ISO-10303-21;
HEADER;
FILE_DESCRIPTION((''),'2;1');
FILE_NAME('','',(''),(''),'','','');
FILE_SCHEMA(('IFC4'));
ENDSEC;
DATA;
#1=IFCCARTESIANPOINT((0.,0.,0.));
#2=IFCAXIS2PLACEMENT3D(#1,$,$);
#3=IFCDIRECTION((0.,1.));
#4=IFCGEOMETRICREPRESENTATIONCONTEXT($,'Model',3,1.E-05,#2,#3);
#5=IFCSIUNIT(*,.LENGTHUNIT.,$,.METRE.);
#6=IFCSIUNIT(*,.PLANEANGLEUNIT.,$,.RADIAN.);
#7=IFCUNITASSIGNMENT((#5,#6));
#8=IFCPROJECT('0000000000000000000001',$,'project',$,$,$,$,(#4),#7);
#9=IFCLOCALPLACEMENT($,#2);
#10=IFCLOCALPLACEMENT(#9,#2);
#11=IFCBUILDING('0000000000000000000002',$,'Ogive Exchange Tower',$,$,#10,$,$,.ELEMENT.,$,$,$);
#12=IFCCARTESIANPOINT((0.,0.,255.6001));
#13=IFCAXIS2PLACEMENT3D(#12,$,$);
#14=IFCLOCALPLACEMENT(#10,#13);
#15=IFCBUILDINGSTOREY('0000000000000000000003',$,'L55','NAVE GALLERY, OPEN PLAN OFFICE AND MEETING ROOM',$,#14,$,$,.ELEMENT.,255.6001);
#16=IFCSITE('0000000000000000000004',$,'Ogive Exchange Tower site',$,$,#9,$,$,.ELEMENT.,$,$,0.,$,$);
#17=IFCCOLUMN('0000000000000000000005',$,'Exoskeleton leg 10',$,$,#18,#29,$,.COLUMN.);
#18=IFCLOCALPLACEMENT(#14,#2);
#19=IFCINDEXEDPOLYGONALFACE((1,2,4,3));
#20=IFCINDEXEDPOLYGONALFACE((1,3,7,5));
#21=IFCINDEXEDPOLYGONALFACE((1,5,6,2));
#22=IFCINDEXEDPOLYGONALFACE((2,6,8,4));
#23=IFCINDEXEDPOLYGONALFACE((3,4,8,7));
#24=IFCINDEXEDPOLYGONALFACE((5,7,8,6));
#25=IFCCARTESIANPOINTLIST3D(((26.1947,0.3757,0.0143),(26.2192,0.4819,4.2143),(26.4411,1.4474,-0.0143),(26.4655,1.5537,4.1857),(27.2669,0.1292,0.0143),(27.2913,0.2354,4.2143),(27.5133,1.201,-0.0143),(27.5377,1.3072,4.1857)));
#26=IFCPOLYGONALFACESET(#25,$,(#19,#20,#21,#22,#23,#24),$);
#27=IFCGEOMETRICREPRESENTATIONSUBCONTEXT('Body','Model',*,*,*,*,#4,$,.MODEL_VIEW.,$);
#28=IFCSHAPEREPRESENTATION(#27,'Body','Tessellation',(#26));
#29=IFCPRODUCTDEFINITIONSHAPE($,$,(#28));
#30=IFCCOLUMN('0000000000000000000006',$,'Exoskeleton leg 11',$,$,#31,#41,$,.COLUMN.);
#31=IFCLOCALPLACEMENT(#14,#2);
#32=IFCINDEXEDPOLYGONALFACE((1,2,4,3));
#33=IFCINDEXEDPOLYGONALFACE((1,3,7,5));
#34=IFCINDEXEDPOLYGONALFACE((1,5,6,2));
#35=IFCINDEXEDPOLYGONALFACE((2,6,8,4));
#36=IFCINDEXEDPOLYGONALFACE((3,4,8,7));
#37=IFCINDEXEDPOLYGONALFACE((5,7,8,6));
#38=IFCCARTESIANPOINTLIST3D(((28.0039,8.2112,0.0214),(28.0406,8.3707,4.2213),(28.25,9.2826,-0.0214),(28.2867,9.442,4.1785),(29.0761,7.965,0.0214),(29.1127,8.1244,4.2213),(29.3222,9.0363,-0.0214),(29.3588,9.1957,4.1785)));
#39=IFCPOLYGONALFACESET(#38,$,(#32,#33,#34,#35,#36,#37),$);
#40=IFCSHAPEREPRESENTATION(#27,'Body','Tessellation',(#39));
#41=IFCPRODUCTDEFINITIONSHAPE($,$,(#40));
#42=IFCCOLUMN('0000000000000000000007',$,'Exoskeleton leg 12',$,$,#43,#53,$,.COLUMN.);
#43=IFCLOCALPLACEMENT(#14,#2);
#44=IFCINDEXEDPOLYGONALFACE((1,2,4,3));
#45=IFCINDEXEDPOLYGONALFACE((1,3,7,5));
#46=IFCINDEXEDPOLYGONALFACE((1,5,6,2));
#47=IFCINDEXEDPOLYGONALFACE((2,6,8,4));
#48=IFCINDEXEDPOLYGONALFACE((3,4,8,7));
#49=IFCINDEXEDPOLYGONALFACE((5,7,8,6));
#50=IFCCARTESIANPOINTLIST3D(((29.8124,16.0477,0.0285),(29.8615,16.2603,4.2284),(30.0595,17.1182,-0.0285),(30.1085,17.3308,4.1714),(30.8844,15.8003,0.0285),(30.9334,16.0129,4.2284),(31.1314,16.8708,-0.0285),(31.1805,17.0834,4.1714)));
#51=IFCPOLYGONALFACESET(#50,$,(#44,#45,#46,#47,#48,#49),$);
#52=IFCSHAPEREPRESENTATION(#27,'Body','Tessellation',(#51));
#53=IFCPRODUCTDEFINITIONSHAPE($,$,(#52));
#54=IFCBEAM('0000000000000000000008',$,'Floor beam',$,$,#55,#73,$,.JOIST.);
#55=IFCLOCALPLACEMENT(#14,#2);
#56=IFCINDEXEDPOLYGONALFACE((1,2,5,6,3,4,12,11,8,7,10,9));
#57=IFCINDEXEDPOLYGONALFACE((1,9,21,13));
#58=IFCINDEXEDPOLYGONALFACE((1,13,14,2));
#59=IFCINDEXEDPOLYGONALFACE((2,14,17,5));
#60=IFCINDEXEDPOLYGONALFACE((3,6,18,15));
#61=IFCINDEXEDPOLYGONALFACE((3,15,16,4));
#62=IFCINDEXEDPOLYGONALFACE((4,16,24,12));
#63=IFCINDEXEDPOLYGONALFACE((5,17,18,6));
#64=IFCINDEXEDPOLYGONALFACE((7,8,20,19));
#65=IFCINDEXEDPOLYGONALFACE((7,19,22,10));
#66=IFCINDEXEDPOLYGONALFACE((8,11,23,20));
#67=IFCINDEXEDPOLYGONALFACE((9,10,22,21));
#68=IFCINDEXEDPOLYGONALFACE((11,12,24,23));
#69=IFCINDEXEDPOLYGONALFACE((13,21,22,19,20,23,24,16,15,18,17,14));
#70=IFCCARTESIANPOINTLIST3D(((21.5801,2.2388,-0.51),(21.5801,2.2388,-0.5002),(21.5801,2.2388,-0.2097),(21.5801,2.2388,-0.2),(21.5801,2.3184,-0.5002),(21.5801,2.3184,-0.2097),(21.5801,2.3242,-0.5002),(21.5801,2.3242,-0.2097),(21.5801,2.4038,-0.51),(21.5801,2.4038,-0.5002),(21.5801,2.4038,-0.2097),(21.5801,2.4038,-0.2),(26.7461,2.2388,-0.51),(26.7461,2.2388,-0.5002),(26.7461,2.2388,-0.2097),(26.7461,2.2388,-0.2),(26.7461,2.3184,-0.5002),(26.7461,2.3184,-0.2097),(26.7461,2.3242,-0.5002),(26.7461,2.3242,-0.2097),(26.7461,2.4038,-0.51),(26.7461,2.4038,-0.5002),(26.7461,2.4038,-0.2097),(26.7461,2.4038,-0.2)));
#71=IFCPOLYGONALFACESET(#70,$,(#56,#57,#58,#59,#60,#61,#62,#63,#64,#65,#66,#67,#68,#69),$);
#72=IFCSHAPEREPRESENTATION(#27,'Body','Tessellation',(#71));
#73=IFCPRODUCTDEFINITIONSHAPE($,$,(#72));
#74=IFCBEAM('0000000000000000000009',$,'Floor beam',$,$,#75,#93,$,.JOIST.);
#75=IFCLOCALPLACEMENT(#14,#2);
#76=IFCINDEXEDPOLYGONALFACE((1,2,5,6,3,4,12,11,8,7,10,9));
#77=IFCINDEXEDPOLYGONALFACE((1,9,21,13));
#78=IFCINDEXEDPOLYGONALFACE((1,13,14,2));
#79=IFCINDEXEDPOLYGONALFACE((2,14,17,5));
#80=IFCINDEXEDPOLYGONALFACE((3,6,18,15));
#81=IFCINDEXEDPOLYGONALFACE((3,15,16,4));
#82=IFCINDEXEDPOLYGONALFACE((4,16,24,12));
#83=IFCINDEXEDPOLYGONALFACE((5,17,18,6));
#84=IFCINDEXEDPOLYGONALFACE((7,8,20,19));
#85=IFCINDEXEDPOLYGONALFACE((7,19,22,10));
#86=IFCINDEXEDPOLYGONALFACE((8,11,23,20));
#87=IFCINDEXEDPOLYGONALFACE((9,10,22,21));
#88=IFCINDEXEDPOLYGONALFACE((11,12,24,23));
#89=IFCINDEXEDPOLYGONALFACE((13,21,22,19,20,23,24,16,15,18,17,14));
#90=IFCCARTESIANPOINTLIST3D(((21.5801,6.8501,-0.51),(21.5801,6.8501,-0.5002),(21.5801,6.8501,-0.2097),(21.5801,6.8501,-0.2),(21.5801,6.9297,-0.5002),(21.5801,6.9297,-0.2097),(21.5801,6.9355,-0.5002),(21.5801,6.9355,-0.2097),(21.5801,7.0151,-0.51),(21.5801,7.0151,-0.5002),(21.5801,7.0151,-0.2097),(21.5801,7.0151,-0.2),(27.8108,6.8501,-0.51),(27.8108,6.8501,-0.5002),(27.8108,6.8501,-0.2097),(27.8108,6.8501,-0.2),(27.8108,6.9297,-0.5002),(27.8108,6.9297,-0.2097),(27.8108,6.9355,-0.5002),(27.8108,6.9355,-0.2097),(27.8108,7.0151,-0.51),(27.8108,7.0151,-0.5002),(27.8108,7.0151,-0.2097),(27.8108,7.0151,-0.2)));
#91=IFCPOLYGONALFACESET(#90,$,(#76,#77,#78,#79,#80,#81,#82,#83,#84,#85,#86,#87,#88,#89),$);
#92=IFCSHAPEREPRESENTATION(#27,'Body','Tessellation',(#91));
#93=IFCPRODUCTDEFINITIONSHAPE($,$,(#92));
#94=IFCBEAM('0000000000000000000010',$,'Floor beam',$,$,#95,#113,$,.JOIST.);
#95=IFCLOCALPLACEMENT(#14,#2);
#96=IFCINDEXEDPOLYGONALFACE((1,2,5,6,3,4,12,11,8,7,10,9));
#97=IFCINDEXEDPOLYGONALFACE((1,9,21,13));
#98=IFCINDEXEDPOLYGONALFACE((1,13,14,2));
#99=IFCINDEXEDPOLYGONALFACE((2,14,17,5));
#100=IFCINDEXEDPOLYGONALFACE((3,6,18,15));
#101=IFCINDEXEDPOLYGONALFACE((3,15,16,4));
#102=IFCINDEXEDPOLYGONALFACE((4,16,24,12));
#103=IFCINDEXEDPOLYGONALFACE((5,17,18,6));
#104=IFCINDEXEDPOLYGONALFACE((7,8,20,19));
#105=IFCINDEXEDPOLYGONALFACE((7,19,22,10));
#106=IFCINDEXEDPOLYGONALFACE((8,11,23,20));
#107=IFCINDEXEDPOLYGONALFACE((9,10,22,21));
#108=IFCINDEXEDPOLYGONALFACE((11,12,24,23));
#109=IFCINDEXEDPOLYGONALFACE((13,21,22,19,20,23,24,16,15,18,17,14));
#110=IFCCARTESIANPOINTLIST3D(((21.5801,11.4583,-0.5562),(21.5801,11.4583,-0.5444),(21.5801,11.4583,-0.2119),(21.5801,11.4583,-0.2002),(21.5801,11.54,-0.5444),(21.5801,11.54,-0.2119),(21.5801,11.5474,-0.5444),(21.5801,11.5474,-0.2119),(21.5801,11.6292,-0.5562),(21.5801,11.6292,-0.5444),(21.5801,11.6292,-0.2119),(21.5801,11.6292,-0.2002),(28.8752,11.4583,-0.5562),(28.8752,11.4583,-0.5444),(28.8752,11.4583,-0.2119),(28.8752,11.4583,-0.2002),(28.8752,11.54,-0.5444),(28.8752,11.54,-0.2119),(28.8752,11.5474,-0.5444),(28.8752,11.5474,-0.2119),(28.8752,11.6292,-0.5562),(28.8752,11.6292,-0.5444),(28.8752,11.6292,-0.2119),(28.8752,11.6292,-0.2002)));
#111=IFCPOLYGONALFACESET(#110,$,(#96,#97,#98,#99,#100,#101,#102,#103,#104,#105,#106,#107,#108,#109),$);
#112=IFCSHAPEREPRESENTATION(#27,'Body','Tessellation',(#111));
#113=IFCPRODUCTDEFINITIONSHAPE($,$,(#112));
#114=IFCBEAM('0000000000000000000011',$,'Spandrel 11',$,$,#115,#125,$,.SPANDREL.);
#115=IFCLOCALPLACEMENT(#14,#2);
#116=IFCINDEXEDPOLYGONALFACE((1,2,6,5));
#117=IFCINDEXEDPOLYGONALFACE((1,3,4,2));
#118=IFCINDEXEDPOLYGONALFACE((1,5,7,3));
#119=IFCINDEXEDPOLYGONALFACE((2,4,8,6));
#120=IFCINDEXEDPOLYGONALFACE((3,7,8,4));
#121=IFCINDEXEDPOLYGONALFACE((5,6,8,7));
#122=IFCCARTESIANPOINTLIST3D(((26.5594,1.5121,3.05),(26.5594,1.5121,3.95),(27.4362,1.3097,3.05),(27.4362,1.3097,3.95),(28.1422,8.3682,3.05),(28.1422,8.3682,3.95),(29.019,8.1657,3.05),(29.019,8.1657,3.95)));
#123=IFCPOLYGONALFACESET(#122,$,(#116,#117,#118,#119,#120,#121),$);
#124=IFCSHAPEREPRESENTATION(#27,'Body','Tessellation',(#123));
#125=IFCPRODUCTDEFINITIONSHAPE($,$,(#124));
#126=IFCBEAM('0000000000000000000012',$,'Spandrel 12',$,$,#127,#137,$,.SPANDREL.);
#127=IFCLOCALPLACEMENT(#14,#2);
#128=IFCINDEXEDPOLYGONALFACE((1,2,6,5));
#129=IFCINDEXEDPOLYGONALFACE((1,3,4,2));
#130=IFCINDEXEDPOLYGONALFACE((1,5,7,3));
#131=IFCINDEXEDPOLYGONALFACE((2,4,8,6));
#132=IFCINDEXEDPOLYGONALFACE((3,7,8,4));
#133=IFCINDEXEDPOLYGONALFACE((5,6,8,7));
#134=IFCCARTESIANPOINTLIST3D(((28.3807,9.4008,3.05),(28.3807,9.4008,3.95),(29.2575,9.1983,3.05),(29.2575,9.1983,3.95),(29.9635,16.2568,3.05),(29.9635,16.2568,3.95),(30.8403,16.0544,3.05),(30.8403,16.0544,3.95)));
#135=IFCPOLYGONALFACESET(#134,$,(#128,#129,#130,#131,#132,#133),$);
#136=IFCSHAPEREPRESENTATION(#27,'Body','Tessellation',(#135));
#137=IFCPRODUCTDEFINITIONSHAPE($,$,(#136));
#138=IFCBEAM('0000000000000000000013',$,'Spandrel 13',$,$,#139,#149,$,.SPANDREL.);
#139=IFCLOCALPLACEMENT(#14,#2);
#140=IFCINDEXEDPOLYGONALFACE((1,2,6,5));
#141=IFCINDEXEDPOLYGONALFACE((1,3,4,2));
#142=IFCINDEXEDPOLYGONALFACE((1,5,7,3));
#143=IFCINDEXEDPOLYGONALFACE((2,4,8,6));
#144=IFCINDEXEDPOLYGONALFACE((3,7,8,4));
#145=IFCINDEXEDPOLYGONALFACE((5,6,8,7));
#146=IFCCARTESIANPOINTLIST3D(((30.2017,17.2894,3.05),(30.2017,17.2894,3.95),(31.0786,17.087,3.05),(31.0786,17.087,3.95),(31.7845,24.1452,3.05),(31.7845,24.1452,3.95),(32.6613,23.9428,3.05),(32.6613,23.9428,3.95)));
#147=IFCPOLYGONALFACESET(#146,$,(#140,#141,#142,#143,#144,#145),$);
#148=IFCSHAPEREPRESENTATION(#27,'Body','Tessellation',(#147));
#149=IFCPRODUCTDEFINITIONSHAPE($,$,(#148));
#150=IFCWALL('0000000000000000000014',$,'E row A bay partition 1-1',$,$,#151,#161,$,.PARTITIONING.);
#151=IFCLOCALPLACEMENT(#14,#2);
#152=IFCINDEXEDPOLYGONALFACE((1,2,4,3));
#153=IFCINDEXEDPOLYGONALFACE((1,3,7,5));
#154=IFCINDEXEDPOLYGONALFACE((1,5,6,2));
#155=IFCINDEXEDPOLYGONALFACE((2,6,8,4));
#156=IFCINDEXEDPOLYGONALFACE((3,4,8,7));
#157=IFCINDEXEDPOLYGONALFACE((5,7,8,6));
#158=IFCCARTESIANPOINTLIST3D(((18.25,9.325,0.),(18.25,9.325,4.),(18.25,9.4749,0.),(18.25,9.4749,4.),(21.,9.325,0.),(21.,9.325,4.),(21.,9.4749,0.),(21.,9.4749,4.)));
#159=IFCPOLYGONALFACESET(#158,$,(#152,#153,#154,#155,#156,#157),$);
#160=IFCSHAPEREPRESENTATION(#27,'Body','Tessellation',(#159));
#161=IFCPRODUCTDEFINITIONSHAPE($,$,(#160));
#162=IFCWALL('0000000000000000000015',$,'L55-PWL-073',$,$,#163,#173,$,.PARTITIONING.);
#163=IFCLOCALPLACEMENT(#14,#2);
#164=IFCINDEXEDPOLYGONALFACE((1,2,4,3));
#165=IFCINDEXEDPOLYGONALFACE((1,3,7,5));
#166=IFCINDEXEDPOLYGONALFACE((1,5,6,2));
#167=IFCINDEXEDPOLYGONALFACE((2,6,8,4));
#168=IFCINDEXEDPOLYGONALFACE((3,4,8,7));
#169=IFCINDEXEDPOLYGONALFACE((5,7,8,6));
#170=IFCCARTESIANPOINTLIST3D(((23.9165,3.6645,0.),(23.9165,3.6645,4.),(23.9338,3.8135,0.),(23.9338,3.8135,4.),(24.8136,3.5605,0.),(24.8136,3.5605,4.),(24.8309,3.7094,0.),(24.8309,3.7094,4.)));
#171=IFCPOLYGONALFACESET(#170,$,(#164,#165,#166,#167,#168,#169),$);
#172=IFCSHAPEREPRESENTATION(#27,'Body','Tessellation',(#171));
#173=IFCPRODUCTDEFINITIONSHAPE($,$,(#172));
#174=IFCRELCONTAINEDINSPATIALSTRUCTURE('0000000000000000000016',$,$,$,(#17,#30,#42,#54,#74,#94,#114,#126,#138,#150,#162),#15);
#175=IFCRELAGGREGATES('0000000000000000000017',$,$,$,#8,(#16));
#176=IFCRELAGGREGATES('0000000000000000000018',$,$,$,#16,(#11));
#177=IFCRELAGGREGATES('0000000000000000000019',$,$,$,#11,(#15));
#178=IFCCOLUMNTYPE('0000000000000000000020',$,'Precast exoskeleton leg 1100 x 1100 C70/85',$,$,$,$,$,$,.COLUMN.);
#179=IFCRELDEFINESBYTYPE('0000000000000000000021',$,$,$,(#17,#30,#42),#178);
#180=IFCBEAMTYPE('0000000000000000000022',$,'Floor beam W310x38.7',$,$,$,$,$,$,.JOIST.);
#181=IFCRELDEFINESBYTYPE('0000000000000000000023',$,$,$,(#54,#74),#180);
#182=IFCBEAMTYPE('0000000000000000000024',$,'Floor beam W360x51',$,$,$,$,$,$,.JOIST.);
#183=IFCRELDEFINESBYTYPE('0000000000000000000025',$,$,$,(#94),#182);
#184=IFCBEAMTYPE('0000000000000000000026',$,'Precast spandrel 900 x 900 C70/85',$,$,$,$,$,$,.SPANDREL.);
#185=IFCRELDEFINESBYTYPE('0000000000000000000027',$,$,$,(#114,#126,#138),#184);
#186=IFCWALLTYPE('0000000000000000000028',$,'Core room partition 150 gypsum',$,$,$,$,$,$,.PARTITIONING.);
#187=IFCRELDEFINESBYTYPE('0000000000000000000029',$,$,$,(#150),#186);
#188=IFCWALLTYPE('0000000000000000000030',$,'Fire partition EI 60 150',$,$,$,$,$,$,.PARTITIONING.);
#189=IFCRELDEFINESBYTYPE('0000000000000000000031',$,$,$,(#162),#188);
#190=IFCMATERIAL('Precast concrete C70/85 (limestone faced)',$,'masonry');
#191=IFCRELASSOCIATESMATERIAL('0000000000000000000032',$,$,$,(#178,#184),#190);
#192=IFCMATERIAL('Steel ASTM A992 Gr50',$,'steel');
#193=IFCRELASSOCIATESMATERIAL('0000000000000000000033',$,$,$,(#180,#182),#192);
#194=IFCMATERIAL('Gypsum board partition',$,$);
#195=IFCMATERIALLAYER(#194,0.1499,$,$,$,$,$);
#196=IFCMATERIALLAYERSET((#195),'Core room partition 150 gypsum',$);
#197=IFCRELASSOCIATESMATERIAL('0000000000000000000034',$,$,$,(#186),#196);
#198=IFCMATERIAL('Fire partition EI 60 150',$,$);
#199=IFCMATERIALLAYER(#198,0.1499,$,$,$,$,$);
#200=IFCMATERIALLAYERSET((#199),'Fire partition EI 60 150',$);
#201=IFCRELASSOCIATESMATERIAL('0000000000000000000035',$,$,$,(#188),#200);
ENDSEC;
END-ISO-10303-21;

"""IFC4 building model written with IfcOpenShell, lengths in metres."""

from ifc_helpers import new_model, si_unit, direction, frame, frame_2d, origin, origin_2d, place, context, subcontext, project, spatial, rectangle, i_section, extrude, material, layer, layer_set, material_profile, profile_set, type_object, element, save


model = new_model("IFC4")

# Units and contexts
model_context = context("Model", 3, precision=1e-05, world=origin(), true_north=direction((0.0, 1.0)))
body_context = subcontext(model_context, "Body", "Model", "MODEL_VIEW")
ifc_project = project(units=[si_unit("LENGTHUNIT", "METRE"), si_unit("PLANEANGLEUNIT", "RADIAN")], contexts=[model_context])

# Site, building, storey
site_placement = place(None, origin())
site = spatial("IfcSite", under=ifc_project, at=site_placement, Name="Ogive Exchange Tower site", CompositionType="ELEMENT", RefElevation=0.0)
building_placement = place(site_placement, origin())
building = spatial("IfcBuilding", under=site, at=building_placement, Name="Ogive Exchange Tower", CompositionType="ELEMENT")
storey_placement = place(building_placement, frame((0.0, 0.0, 255.6001)))
storey = spatial("IfcBuildingStorey", under=building, at=storey_placement, Name="L55", Description="NAVE GALLERY, OPEN PLAN OFFICE AND MEETING ROOM", CompositionType="ELEMENT", Elevation=255.6001)

# Columns
ifc_material_1 = material(Name="Precast concrete C70/85 (limestone faced)", Category="masonry")
ifc_material_profile_1 = material_profile(ifc_material_1, rectangle(XDim=1.1001, YDim=1.1001, at=origin_2d()), Name="1100 x 1100")
ifc_profile_set_1 = profile_set([ifc_material_profile_1], Name="Precast concrete C70/85 (limestone faced)")
column_type = type_object("IfcColumnType", Name="Precast exoskeleton leg 1100 x 1100 C70/85", PredefinedType="COLUMN", material=ifc_profile_set_1)
column_1_placement = place(storey_placement, frame((26.854, 0.7883, 0.0), z_axis=(0.005811, 0.025278, 0.999664), x_axis=(-0.97458, 0.224041, 0.0)))
element("IfcColumn", 1, at=column_1_placement, inside=storey, type_object=column_type, Name="Exoskeleton leg 10", PredefinedType="COLUMN", context=body_context, shape_type="SweptSolid", body=[
    extrude(rectangle(XDim=1.1001, YDim=1.1001, at=origin_2d()), origin(), (0.0, 0.0, 1.0), 4.2014),
])
column_2_placement = place(storey_placement, frame((28.6631, 8.6238, 0.0), z_axis=(0.008713, 0.03793, 0.999242), x_axis=(-0.974617, 0.223878, 0.0)))
element("IfcColumn", 2, at=column_2_placement, inside=storey, type_object=column_type, Name="Exoskeleton leg 11", PredefinedType="COLUMN", context=body_context, shape_type="SweptSolid", body=[
    extrude(rectangle(XDim=1.1001, YDim=1.1001, at=origin_2d()), origin(), (0.0, 0.0, 1.0), 4.2031),
])
column_3_placement = place(storey_placement, frame((30.4719, 16.4592, 0.0), z_axis=(0.011668, 0.050562, 0.998653), x_axis=(-0.974391, 0.22486, 0.0)))
element("IfcColumn", 3, at=column_3_placement, inside=storey, type_object=column_type, Name="Exoskeleton leg 12", PredefinedType="COLUMN", context=body_context, shape_type="SweptSolid", body=[
    extrude(rectangle(XDim=1.1001, YDim=1.1001, at=origin_2d()), origin(), (0.0, 0.0, 1.0), 4.2056),
])

# Beams
ifc_material_2 = material(Name="Steel ASTM A992 Gr50", Category="steel")
ifc_material_profile_2 = material_profile(ifc_material_2, i_section(OverallWidth=0.165, OverallDepth=0.3101, WebThickness=0.0059, FlangeThickness=0.0098, at=origin_2d()), Name="W310x38.7")
ifc_profile_set_2 = profile_set([ifc_material_profile_2], Name="Steel ASTM A992 Gr50")
beam_type_1 = type_object("IfcBeamType", Name="Floor beam W310x38.7", PredefinedType="JOIST", material=ifc_profile_set_2)
beam_1_placement = place(storey_placement, frame((21.5801, 2.3213, -0.355), z_axis=(1.0, 0.0, 0.0), x_axis=(0.0, 1.0, 0.0)))
element("IfcBeam", 4, at=beam_1_placement, inside=storey, type_object=beam_type_1, Name="Floor beam", PredefinedType="JOIST", context=body_context, shape_type="SweptSolid", body=[
    extrude(i_section(OverallWidth=0.165, OverallDepth=0.3101, WebThickness=0.0059, FlangeThickness=0.0098, at=origin_2d()), origin(), (0.0, 0.0, 1.0), 5.166),
])
beam_2_placement = place(storey_placement, frame((21.5801, 6.9326, -0.355), z_axis=(1.0, 0.0, 0.0), x_axis=(0.0, 1.0, 0.0)))
element("IfcBeam", 5, at=beam_2_placement, inside=storey, type_object=beam_type_1, Name="Floor beam", PredefinedType="JOIST", context=body_context, shape_type="SweptSolid", body=[
    extrude(i_section(OverallWidth=0.165, OverallDepth=0.3101, WebThickness=0.0059, FlangeThickness=0.0098, at=origin_2d()), origin(), (0.0, 0.0, 1.0), 6.2307),
])
ifc_material_profile_3 = material_profile(ifc_material_2, i_section(OverallWidth=0.1709, OverallDepth=0.356, WebThickness=0.0073, FlangeThickness=0.0117, at=origin_2d()), Name="W360x51")
ifc_profile_set_3 = profile_set([ifc_material_profile_3], Name="Steel ASTM A992 Gr50")
beam_type_2 = type_object("IfcBeamType", Name="Floor beam W360x51", PredefinedType="JOIST", material=ifc_profile_set_3)
beam_3_placement = place(storey_placement, frame((21.5801, 11.5437, -0.3782), z_axis=(1.0, 0.0, 0.0), x_axis=(0.0, 1.0, 0.0)))
element("IfcBeam", 6, at=beam_3_placement, inside=storey, type_object=beam_type_2, Name="Floor beam", PredefinedType="JOIST", context=body_context, shape_type="SweptSolid", body=[
    extrude(i_section(OverallWidth=0.1709, OverallDepth=0.356, WebThickness=0.0073, FlangeThickness=0.0117, at=origin_2d()), origin(), (0.0, 0.0, 1.0), 7.2952),
])
ifc_material_profile_4 = material_profile(ifc_material_1, rectangle(XDim=0.8999, YDim=0.8999, at=origin_2d()), Name="900 x 900")
ifc_profile_set_4 = profile_set([ifc_material_profile_4], Name="Precast concrete C70/85 (limestone faced)")
beam_type_3 = type_object("IfcBeamType", Name="Precast spandrel 900 x 900 C70/85", PredefinedType="SPANDREL", material=ifc_profile_set_4)
for number, where, z_axis, x_axis, name in (
    (7, (26.9978, 1.4109, 3.5), (0.224943, 0.974372, 0.0), (-0.974372, 0.224943, 0.0), "Spandrel 11"),
    (8, (28.8191, 9.2996, 3.5), (0.224943, 0.974372, 0.0), (-0.974372, 0.224943, 0.0), "Spandrel 12"),
):
    element("IfcBeam", number, at=place(storey_placement, frame(where, z_axis=z_axis, x_axis=x_axis)), inside=storey, type_object=beam_type_3, Name=name, PredefinedType="SPANDREL", context=body_context, shape_type="SweptSolid", body=[
        extrude(rectangle(XDim=0.8999, YDim=0.8999, at=origin_2d()), origin(), (0.0, 0.0, 1.0), 7.0364),
    ])
beam_4_placement = place(storey_placement, frame((30.6401, 17.1882, 3.5), z_axis=(0.224951, 0.97437, 0.0), x_axis=(-0.97437, 0.224951, 0.0)))
element("IfcBeam", 9, at=beam_4_placement, inside=storey, type_object=beam_type_3, Name="Spandrel 13", PredefinedType="SPANDREL", context=body_context, shape_type="SweptSolid", body=[
    extrude(rectangle(XDim=0.8999, YDim=0.8999, at=origin_2d()), origin(), (0.0, 0.0, 1.0), 7.0361),
])

# Walls
ifc_material_3 = material(Name="Gypsum board partition")
ifc_layer_1 = layer(ifc_material_3, 0.1499)
ifc_layer_set_1 = layer_set([ifc_layer_1], Name="Core room partition 150 gypsum")
wall_type_1 = type_object("IfcWallType", Name="Core room partition 150 gypsum", PredefinedType="PARTITIONING", material=ifc_layer_set_1)
wall_1_placement = place(storey_placement, frame((18.25, 9.3999, 0.0), z_axis=(0.0, 0.0, 1.0), x_axis=(1.0, 0.0, 0.0)))
element("IfcWall", 10, at=wall_1_placement, inside=storey, type_object=wall_type_1, Name="E row A bay partition 1-1", PredefinedType="PARTITIONING", context=body_context, shape_type="SweptSolid", body=[
    extrude(rectangle(XDim=2.75, YDim=0.1499, at=frame_2d((1.375, 0.0))), origin(), (0.0, 0.0, 1.0), 4.0),
])
ifc_material_4 = material(Name="Fire partition EI 60 150")
ifc_layer_2 = layer(ifc_material_4, 0.1499)
ifc_layer_set_2 = layer_set([ifc_layer_2], Name="Fire partition EI 60 150")
wall_type_2 = type_object("IfcWallType", Name="Fire partition EI 60 150", PredefinedType="PARTITIONING", material=ifc_layer_set_2)
wall_2_placement = place(storey_placement, frame((23.925, 3.739, 0.0), z_axis=(0.0, 0.0, 1.0), x_axis=(0.993345, -0.115178, 0.0)))
element("IfcWall", 11, at=wall_2_placement, inside=storey, type_object=wall_type_2, Name="L55-PWL-073", PredefinedType="PARTITIONING", context=body_context, shape_type="SweptSolid", body=[
    extrude(rectangle(XDim=0.9031, YDim=0.1499, at=frame_2d((0.4517, 0.0))), origin(), (0.0, 0.0, 1.0), 4.0),
])

save(model, "model.ifc")
